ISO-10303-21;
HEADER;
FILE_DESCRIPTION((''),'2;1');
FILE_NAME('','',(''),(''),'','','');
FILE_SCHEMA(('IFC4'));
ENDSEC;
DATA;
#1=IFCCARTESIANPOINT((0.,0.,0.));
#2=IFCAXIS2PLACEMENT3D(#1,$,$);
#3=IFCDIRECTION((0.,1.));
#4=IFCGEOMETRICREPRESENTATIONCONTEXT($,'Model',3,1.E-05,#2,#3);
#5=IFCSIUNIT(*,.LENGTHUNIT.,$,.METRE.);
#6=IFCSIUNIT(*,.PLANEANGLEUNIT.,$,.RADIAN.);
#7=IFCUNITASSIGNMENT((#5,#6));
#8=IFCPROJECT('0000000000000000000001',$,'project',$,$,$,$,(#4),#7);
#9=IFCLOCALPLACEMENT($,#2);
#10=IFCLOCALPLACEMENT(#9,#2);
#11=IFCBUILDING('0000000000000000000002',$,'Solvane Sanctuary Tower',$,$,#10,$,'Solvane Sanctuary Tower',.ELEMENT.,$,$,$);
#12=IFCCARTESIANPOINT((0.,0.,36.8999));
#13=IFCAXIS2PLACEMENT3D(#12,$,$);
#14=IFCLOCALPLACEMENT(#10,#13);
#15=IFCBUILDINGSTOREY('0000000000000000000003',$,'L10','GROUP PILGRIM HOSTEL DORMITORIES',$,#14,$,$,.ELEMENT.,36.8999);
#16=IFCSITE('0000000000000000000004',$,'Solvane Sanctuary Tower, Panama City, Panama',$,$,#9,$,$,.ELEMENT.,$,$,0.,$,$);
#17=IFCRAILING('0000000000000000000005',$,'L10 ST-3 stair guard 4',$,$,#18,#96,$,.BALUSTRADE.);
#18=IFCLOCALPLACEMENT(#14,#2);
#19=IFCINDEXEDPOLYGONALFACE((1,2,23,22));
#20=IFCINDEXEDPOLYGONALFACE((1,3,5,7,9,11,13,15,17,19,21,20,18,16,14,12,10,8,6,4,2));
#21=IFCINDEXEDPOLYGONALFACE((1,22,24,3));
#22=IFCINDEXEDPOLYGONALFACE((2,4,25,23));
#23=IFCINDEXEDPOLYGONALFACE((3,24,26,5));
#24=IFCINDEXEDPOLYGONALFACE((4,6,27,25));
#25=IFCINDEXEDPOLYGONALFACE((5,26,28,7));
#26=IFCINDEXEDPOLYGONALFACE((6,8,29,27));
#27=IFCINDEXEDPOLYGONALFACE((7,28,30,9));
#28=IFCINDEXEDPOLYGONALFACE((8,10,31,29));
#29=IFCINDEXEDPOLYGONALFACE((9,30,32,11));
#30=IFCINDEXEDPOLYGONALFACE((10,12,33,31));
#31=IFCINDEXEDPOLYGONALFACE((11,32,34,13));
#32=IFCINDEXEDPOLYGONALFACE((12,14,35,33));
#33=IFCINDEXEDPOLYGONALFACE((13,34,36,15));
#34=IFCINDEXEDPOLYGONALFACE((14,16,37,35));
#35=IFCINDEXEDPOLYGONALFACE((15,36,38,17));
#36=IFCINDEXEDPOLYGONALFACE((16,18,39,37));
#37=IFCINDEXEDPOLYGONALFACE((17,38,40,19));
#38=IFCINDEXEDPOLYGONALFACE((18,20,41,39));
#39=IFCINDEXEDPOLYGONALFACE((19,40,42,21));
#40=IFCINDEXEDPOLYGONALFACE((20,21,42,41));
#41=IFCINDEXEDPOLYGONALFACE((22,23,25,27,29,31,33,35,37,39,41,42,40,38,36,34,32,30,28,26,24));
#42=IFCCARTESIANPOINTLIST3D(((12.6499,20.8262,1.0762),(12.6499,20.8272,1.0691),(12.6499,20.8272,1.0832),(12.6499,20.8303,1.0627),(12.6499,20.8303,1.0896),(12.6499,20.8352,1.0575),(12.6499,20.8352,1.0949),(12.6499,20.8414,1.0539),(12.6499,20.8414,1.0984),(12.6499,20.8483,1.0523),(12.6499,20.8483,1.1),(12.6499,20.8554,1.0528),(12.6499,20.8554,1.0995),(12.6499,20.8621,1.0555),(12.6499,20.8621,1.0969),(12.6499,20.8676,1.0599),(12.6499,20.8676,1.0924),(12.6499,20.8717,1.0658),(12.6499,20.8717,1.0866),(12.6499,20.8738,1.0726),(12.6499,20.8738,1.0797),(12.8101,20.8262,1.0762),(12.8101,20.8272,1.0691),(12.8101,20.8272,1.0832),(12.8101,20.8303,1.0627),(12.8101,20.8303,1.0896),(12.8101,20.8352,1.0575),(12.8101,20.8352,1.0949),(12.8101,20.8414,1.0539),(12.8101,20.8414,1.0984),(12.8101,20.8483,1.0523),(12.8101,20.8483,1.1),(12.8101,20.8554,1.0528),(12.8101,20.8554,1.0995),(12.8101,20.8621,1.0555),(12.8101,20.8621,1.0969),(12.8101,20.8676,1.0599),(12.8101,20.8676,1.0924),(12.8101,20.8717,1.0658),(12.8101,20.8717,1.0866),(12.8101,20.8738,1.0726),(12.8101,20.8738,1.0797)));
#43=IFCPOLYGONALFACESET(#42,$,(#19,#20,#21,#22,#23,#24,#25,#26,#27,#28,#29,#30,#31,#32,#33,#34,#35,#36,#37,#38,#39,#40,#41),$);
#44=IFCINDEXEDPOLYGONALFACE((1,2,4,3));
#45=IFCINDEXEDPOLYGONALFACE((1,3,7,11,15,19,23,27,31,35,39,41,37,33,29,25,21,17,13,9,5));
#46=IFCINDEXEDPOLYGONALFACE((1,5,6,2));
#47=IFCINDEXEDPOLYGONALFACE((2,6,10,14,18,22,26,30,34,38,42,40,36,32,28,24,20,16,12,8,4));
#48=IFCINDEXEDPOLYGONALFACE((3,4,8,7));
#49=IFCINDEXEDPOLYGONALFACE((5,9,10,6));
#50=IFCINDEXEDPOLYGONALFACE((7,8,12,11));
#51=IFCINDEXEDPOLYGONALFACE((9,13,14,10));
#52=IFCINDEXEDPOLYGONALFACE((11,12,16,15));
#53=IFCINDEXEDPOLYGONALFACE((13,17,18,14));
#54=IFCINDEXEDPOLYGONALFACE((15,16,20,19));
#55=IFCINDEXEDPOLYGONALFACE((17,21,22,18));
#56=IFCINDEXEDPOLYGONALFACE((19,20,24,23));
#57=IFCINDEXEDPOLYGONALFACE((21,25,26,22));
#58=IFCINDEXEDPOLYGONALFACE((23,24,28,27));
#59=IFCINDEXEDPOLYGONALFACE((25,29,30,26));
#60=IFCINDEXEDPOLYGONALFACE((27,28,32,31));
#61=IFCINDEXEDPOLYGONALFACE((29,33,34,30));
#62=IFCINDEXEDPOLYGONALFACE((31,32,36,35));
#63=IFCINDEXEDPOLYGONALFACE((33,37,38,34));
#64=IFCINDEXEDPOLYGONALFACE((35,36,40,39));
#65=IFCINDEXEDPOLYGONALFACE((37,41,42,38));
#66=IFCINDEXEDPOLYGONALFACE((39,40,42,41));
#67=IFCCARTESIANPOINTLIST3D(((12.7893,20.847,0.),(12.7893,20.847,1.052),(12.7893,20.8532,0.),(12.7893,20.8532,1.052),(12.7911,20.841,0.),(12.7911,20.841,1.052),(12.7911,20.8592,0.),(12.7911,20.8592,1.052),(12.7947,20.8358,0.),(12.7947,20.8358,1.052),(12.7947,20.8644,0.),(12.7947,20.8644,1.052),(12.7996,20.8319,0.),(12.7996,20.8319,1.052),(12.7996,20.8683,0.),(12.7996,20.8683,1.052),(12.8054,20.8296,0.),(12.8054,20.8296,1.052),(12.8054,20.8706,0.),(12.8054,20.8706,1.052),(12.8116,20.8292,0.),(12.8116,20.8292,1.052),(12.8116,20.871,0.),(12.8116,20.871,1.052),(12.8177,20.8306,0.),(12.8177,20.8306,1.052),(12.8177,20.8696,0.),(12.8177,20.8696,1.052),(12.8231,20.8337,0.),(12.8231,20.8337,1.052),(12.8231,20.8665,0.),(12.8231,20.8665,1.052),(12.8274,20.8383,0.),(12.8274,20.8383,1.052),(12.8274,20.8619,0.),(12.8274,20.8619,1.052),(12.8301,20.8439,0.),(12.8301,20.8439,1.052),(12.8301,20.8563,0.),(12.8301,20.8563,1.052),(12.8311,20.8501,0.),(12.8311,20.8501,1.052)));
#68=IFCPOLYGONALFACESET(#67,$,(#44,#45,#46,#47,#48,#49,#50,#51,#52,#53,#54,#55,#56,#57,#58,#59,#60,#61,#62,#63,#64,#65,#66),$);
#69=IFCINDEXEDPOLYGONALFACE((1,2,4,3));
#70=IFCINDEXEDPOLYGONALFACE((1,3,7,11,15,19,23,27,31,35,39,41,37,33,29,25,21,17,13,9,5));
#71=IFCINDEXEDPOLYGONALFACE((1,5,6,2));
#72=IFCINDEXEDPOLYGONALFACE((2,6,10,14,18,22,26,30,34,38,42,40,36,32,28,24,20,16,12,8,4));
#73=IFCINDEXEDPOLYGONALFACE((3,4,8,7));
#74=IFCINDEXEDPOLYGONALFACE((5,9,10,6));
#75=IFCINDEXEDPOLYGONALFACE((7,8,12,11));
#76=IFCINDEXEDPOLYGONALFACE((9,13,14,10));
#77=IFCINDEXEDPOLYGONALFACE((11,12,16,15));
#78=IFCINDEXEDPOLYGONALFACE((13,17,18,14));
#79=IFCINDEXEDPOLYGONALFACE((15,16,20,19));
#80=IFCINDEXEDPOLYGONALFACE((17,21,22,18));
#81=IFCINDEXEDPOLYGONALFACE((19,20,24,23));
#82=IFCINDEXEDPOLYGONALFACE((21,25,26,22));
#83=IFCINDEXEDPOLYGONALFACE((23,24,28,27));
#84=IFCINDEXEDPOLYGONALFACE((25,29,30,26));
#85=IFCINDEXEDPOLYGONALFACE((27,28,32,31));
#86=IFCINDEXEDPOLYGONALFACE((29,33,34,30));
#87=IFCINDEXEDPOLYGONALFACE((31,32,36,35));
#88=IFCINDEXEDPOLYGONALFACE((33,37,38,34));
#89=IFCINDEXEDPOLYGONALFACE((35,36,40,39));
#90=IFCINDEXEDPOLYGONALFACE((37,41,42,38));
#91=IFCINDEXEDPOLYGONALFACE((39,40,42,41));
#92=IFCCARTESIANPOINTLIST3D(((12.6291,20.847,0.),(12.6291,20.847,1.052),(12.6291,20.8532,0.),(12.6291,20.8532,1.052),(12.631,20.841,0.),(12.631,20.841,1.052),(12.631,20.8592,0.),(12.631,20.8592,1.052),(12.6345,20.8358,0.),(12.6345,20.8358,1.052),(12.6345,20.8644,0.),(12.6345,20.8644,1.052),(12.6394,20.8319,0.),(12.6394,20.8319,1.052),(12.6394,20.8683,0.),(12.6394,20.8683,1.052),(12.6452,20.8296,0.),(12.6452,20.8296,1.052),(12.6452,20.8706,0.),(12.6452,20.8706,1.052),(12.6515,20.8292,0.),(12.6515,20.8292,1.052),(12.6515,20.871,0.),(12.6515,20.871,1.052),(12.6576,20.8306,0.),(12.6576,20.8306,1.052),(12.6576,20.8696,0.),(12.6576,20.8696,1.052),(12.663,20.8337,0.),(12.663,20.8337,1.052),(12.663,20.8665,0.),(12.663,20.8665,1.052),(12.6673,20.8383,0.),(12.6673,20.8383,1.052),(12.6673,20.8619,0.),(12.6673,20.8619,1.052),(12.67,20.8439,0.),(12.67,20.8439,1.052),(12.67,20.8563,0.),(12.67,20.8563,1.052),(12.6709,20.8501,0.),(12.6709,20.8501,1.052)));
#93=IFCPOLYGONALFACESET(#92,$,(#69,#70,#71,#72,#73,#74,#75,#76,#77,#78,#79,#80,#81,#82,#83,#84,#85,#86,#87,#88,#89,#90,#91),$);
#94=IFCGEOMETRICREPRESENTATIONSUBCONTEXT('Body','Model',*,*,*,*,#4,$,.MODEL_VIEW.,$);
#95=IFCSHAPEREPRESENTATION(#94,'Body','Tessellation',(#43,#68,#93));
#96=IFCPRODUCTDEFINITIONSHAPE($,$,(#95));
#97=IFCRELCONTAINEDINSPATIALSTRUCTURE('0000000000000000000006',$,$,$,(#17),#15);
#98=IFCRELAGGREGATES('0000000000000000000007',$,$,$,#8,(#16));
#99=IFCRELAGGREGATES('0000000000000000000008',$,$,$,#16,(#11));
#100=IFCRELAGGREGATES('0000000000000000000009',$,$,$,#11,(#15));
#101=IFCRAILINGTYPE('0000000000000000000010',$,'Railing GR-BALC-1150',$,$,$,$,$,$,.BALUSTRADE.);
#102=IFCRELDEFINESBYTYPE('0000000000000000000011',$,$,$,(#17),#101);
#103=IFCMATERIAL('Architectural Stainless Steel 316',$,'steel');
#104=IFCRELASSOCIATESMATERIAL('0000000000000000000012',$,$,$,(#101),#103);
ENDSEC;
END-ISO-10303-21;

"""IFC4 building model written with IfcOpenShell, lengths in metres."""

from ifc_helpers import new_model, si_unit, direction, frame, origin, origin_2d, place, context, subcontext, project, spatial, circle, extrude, material, type_object, element, save


model = new_model("IFC4")

# Units and contexts
model_context = context("Model", 3, precision=1e-05, world=origin(), true_north=direction((0.0, 1.0)))
body_context = subcontext(model_context, "Body", "Model", "MODEL_VIEW")
ifc_project = project(units=[si_unit("LENGTHUNIT", "METRE"), si_unit("PLANEANGLEUNIT", "RADIAN")], contexts=[model_context])

# Site, building, storey
site_placement = place(None, origin())
site = spatial("IfcSite", under=ifc_project, at=site_placement, Name="Solvane Sanctuary Tower, Panama City, Panama", CompositionType="ELEMENT", RefElevation=0.0)
building_placement = place(site_placement, origin())
building = spatial("IfcBuilding", under=site, at=building_placement, Name="Solvane Sanctuary Tower", LongName="Solvane Sanctuary Tower", CompositionType="ELEMENT")
storey_placement = place(building_placement, frame((0.0, 0.0, 36.8999)))
storey = spatial("IfcBuildingStorey", under=building, at=storey_placement, Name="L10", Description="GROUP PILGRIM HOSTEL DORMITORIES", CompositionType="ELEMENT", Elevation=36.8999)

# Railing
ifc_material_1 = material(Name="Architectural Stainless Steel 316", Category="steel")
railing_type_1 = type_object("IfcRailingType", Name="Railing GR-BALC-1150", PredefinedType="BALUSTRADE", material=ifc_material_1)
railing_1_placement = place(storey_placement, frame((12.8101, 20.8501, 0.0)))
element("IfcRailing", 1, at=railing_1_placement, inside=storey, type_object=railing_type_1, Name="L10 ST-3 stair guard 4", PredefinedType="BALUSTRADE", context=body_context, shape_type="SweptSolid", body=[
    extrude(circle(Radius=0.0239, at=origin_2d()), frame((0.0, 0.0, 1.0762), z_axis=(-1.0, 0.0, 0.0), x_axis=(0.0, -1.0, 0.0)), (0.0, 0.0, 1.0), 0.1602),
    extrude(circle(Radius=0.021, at=origin_2d()), origin(), (0.0, 0.0, 1.0), 1.052),
    extrude(circle(Radius=0.021, at=origin_2d()), frame((-0.1602, 0.0, 0.0)), (0.0, 0.0, 1.0), 1.052),
])

save(model, "model.ifc")
